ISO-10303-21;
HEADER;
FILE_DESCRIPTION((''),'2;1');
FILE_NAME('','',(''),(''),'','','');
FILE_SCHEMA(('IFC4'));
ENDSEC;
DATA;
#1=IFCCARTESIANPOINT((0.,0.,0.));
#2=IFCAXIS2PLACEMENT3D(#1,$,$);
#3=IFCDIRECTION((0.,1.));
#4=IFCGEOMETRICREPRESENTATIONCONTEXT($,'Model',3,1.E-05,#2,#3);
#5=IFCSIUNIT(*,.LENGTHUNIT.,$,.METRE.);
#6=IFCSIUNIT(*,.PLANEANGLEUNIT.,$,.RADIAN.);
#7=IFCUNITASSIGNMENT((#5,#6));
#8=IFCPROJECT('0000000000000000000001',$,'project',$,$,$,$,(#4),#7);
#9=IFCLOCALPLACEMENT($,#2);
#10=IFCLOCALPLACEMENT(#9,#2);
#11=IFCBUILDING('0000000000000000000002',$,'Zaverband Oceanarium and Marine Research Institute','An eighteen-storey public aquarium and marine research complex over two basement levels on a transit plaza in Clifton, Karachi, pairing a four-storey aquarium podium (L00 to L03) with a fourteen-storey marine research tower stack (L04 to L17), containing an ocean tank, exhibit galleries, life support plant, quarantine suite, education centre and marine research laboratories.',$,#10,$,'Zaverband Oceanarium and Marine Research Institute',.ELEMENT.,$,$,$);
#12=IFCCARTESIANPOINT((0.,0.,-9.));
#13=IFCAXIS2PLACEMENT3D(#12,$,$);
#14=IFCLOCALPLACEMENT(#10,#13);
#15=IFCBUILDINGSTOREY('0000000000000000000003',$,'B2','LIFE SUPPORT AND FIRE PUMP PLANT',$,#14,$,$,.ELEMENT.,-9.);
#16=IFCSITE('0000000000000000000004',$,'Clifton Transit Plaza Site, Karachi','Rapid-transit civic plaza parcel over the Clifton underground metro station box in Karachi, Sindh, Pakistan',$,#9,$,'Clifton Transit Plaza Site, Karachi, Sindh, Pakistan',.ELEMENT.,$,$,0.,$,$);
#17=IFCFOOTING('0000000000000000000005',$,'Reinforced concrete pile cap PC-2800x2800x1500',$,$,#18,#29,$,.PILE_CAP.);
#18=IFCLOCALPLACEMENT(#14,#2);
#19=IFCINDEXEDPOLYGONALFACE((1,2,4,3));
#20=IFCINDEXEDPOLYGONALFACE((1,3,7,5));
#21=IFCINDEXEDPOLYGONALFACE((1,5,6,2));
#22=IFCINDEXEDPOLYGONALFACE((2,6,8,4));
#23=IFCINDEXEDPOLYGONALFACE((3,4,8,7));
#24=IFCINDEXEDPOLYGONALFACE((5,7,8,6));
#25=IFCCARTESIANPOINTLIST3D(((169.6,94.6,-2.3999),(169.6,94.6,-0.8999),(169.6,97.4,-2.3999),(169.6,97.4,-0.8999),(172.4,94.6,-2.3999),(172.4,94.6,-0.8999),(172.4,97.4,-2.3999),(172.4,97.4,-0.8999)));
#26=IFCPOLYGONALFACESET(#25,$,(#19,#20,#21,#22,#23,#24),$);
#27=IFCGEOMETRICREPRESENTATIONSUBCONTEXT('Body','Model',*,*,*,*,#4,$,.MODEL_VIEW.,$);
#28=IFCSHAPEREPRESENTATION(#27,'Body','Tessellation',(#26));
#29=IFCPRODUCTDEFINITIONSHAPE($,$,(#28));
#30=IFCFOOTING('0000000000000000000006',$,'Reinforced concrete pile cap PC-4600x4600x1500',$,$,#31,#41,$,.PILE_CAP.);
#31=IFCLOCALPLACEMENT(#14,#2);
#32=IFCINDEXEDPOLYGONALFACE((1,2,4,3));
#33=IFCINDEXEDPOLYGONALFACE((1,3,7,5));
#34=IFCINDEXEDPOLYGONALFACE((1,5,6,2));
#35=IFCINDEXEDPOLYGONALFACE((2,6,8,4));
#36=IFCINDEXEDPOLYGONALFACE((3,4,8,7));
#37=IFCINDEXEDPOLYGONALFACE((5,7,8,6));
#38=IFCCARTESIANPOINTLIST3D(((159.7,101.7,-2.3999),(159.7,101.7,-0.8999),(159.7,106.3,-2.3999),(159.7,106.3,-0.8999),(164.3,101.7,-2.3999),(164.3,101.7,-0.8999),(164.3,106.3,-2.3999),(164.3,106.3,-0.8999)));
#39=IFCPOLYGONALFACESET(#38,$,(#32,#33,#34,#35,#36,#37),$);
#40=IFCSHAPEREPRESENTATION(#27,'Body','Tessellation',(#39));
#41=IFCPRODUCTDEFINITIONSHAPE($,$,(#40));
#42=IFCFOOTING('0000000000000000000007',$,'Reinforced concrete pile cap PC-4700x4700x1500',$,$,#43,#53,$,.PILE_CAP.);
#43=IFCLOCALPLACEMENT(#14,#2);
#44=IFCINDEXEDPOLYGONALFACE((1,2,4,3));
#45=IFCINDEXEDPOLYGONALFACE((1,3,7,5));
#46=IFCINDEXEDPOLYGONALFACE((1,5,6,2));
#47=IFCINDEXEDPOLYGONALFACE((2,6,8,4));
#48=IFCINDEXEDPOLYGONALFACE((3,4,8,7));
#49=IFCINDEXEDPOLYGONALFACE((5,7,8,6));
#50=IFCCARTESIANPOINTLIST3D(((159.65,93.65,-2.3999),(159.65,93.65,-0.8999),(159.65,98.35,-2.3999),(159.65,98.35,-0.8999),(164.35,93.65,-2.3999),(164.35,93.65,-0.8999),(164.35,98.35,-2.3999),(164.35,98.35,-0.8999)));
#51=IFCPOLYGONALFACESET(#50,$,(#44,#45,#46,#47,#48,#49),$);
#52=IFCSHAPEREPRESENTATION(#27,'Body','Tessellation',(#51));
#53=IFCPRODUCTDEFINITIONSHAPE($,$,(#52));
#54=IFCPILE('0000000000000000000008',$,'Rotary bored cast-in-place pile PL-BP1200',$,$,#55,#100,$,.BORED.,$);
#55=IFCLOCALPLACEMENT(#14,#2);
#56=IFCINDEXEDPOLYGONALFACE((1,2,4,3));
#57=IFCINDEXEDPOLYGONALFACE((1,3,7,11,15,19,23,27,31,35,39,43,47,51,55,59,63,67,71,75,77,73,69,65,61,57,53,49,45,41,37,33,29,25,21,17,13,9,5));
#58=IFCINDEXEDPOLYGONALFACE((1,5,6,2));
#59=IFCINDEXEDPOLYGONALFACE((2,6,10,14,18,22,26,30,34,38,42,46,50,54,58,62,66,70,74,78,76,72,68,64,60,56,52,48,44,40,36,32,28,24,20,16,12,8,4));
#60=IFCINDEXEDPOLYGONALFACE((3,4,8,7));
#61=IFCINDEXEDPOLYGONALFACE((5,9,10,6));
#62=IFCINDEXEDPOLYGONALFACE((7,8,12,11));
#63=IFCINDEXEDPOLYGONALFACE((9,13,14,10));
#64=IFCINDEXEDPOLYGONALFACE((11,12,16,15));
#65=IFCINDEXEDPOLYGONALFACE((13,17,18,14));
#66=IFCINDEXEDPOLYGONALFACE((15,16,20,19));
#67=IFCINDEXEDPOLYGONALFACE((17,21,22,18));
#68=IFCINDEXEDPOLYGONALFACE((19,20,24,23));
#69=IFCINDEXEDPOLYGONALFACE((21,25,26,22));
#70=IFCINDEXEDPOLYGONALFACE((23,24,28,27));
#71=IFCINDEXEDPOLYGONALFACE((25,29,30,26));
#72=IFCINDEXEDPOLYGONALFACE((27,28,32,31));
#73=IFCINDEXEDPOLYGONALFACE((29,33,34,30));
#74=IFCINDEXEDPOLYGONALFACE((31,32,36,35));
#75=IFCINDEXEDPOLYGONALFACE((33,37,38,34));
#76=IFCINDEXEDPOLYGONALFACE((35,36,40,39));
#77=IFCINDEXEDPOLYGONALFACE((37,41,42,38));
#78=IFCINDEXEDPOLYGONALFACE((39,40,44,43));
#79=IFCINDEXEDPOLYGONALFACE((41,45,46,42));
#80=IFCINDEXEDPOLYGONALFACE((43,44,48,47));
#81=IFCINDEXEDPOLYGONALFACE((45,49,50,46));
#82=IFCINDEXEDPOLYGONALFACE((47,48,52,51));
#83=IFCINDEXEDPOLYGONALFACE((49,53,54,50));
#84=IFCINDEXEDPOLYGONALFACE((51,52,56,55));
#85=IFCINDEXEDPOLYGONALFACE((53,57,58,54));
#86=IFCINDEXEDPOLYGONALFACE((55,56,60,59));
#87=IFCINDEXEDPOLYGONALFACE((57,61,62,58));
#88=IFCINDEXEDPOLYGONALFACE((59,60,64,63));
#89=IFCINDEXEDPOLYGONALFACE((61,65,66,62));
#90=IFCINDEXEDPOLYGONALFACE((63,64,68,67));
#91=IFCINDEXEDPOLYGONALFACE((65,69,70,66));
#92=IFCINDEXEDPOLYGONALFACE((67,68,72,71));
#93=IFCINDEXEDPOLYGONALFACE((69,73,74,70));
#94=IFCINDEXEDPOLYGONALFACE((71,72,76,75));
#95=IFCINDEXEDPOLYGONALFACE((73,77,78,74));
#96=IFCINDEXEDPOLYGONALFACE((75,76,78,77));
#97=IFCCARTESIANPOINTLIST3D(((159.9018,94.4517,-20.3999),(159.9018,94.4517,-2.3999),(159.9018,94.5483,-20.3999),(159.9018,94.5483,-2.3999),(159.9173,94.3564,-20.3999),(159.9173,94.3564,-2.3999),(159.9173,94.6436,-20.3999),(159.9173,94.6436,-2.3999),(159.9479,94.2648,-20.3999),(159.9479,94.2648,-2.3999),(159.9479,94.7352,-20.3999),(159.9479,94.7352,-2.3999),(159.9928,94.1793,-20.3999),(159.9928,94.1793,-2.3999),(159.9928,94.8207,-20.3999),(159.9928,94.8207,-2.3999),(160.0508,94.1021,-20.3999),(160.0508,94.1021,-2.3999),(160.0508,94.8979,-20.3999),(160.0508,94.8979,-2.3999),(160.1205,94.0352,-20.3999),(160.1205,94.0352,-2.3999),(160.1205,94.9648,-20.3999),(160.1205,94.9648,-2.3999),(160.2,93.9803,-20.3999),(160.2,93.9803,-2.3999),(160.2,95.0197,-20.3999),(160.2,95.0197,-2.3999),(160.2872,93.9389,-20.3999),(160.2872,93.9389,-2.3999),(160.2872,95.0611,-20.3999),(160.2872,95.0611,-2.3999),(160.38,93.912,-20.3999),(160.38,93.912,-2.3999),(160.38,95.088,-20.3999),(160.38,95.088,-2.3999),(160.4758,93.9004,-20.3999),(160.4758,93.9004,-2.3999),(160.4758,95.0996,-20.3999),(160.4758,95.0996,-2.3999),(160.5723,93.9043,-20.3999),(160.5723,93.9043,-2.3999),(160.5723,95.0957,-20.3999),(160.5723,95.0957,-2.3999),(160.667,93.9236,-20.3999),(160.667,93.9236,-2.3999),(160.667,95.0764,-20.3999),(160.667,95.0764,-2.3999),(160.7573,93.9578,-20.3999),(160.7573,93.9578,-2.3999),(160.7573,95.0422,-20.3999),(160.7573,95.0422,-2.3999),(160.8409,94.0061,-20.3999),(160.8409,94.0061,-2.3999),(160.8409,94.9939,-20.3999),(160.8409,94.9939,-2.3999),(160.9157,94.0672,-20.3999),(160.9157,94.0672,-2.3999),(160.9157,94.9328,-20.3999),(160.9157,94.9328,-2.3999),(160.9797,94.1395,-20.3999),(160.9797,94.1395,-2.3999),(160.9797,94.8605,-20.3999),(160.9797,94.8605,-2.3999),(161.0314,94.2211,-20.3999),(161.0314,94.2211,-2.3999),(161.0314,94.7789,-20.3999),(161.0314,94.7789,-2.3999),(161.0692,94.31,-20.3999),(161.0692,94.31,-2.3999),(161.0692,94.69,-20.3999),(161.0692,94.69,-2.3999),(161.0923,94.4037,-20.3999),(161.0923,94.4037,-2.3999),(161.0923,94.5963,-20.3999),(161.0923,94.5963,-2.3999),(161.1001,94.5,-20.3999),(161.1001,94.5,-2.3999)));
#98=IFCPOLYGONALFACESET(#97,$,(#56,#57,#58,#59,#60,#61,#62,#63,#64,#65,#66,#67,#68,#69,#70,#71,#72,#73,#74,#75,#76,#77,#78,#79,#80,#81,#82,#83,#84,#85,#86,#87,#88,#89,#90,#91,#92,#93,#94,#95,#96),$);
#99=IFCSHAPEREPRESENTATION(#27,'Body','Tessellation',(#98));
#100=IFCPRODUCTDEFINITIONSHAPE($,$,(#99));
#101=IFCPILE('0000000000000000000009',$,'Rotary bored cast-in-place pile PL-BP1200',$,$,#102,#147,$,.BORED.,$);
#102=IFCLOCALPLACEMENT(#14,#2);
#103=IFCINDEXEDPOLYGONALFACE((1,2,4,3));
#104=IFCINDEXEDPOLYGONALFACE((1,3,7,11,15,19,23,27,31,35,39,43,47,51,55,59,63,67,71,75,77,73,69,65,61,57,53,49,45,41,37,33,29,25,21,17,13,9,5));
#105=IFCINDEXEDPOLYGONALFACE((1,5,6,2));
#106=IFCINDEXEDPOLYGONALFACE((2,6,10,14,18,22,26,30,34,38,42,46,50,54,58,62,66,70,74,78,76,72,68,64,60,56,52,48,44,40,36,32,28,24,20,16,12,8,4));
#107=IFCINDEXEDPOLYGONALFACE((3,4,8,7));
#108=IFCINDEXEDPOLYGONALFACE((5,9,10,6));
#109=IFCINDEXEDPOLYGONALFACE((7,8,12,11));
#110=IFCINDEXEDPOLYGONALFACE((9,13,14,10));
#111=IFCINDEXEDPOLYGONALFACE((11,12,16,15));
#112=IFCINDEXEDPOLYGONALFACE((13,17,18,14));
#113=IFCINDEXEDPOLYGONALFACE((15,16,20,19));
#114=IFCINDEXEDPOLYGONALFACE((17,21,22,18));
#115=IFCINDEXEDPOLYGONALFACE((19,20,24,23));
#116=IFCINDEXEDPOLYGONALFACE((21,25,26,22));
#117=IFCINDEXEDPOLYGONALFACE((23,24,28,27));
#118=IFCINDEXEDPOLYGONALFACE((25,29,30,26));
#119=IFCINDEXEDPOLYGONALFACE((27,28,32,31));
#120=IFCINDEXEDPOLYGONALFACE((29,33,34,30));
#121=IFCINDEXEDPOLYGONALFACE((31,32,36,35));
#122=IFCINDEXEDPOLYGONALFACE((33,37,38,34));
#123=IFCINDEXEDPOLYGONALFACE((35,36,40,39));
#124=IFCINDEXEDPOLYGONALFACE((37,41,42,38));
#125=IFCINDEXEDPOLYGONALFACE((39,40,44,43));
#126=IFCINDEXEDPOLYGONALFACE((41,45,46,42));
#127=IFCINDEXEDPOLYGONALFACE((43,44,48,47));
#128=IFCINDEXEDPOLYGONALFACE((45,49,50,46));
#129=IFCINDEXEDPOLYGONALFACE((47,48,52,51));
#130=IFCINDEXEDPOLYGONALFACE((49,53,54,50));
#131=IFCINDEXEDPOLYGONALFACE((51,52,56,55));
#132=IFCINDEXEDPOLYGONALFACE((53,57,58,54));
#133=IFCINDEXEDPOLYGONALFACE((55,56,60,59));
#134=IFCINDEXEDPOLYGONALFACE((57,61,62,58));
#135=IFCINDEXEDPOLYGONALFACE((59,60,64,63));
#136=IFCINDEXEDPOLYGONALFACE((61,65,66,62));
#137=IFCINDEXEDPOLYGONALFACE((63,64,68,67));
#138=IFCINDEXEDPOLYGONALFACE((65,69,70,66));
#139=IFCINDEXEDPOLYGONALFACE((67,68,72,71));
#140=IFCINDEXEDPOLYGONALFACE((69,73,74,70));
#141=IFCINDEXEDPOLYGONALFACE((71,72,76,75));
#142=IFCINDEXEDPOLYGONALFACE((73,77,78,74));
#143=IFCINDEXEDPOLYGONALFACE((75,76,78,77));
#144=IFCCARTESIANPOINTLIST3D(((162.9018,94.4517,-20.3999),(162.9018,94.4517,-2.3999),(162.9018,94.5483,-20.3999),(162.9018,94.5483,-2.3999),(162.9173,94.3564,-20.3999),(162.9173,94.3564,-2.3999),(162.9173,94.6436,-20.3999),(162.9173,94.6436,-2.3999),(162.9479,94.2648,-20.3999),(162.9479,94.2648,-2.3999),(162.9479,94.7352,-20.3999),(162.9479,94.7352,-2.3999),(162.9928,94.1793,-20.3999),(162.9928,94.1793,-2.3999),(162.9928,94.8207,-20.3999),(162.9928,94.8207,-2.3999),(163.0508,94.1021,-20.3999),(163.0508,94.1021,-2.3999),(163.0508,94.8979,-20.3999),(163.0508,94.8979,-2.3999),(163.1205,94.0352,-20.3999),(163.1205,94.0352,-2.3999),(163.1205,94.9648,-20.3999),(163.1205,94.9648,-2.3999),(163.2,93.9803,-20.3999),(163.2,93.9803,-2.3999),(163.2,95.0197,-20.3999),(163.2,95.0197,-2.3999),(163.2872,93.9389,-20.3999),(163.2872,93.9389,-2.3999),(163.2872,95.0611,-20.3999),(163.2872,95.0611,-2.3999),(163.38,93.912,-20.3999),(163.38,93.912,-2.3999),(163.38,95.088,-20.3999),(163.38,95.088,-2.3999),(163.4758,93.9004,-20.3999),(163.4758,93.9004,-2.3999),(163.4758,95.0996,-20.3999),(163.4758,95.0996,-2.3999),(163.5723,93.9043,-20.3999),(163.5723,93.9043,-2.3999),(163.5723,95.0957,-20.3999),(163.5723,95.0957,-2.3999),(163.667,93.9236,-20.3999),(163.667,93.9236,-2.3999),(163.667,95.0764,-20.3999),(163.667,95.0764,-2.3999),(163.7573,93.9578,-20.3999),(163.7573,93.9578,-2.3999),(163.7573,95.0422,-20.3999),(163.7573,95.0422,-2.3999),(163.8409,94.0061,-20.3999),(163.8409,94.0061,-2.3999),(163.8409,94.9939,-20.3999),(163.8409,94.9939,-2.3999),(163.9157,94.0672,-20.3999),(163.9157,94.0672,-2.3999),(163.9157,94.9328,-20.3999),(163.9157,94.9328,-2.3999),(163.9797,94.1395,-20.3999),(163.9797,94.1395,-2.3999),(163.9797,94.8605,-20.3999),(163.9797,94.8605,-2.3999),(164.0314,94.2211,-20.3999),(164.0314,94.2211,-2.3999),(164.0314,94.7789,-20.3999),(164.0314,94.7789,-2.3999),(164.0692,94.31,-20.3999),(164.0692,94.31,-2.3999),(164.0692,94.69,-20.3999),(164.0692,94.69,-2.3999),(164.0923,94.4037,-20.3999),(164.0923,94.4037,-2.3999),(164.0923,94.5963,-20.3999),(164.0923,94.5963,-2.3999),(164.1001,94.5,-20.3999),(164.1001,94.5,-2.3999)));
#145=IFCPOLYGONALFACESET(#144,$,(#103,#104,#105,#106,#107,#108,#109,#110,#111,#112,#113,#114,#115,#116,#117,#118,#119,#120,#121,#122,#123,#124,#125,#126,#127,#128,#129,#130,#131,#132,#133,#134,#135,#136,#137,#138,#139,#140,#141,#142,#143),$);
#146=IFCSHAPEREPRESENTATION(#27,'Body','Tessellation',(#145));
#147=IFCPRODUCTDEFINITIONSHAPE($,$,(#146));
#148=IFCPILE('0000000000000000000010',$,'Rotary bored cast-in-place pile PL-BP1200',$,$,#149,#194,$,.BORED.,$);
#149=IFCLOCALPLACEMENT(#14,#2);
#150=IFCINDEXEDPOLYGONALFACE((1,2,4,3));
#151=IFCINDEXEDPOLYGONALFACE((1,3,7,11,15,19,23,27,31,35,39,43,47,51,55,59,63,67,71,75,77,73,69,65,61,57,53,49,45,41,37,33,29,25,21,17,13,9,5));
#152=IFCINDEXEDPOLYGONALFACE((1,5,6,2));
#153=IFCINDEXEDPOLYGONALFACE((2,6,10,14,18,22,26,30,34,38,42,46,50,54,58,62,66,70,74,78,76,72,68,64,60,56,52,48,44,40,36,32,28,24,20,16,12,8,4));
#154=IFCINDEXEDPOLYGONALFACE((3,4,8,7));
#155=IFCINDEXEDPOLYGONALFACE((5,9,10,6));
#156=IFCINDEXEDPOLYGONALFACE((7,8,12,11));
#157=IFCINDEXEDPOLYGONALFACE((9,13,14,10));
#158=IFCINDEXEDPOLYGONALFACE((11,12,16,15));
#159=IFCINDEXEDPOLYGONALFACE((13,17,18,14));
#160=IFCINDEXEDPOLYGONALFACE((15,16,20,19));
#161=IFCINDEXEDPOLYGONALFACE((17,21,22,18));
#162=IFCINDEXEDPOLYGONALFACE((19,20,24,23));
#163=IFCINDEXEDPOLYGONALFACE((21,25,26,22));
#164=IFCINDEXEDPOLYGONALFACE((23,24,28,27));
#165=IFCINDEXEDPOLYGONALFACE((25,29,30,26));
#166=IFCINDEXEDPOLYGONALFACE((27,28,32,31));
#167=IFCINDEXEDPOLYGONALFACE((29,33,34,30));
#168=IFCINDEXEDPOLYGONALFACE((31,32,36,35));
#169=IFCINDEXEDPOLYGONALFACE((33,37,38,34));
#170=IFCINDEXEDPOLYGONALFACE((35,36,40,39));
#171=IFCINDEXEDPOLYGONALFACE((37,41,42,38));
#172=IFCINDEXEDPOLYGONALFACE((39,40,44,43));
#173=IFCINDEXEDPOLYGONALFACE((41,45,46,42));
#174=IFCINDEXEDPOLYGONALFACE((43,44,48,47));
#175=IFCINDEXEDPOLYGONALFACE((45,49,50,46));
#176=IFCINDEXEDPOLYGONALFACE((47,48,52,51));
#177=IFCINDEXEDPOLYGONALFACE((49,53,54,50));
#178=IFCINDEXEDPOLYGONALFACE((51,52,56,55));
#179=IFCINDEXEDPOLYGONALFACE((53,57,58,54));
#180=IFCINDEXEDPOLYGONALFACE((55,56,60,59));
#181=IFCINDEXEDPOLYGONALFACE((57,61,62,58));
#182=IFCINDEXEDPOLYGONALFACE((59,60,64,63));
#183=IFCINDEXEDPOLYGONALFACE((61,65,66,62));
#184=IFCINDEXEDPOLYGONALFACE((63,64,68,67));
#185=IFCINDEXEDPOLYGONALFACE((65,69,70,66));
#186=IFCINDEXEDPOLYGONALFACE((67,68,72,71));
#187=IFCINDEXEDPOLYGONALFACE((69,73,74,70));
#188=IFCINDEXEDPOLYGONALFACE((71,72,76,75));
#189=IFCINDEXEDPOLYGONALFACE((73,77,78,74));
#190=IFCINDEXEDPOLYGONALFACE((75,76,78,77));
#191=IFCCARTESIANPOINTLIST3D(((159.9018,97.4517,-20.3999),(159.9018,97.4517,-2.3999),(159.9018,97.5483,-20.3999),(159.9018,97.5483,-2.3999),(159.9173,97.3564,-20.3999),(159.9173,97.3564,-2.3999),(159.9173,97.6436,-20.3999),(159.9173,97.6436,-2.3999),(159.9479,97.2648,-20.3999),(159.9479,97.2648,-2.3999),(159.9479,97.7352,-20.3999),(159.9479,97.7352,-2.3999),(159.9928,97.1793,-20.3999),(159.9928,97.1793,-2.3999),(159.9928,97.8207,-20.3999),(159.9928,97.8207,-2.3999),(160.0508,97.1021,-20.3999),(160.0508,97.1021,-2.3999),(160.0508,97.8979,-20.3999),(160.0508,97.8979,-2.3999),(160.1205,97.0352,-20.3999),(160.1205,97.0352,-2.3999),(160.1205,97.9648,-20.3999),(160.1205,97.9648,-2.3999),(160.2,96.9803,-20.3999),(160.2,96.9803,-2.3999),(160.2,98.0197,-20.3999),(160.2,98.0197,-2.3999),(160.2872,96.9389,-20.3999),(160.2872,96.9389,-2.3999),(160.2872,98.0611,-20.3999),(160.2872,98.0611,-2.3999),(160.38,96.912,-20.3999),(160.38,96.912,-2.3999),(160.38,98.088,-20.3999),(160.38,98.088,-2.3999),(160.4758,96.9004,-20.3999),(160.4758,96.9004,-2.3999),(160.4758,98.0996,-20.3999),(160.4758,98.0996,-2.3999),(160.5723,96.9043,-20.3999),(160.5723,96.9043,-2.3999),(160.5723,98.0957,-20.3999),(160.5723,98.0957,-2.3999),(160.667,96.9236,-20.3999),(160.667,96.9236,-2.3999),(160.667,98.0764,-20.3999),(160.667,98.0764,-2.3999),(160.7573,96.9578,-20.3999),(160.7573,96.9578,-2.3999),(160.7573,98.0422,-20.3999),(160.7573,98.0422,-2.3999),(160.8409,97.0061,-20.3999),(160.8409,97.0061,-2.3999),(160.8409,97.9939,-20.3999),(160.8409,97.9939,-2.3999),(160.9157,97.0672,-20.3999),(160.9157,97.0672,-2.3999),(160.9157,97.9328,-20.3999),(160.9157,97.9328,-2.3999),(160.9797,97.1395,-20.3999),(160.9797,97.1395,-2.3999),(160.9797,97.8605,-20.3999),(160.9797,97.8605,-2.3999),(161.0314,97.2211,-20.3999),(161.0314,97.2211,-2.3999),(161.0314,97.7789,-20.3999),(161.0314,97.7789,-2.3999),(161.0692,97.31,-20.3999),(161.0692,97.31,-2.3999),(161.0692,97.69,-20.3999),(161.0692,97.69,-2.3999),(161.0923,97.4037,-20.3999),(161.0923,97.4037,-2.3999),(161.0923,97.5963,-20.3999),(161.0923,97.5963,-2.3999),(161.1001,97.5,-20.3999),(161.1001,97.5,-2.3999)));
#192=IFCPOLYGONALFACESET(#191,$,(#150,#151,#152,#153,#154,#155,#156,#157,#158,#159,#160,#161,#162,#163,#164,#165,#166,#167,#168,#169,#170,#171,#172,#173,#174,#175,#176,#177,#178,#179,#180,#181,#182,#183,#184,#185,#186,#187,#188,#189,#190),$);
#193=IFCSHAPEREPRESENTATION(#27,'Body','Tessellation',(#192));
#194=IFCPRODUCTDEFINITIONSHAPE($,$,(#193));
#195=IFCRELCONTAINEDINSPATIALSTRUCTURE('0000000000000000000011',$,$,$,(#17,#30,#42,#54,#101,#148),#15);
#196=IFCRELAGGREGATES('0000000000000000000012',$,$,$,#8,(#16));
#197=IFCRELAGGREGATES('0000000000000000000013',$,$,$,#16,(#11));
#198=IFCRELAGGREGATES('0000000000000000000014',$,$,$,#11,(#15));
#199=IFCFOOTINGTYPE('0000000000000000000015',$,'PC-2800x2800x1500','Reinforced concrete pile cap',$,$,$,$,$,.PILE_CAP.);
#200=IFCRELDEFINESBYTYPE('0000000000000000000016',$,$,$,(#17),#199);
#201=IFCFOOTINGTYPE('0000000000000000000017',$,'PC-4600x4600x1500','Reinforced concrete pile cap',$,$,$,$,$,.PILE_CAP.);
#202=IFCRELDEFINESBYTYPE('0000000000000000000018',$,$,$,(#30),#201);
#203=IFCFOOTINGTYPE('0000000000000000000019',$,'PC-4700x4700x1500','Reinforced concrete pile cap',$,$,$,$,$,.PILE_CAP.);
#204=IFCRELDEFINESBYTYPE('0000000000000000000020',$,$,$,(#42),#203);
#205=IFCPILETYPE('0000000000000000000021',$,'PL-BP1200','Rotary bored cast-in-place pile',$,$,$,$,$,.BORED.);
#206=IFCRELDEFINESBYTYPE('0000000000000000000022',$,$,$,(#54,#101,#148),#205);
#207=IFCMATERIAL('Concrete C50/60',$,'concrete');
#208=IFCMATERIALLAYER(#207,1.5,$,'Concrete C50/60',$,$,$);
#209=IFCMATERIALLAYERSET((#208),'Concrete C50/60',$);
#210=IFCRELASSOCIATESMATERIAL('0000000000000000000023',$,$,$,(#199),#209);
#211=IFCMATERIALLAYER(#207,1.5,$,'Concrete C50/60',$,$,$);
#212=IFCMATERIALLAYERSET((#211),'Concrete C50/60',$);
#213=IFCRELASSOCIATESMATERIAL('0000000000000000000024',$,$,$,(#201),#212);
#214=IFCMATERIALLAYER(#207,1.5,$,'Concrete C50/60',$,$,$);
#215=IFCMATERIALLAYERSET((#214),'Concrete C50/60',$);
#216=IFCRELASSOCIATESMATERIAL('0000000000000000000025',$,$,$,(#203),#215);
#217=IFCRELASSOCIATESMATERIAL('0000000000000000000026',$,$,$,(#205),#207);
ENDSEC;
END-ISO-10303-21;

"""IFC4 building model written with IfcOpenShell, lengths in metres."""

from ifc_helpers import new_model, si_unit, direction, frame, origin, origin_2d, place, context, subcontext, project, spatial, rectangle, circle, extrude, material, layer, layer_set, material_profile, profile_set, type_object, element, save


model = new_model("IFC4")

# Units and contexts
model_context = context("Model", 3, precision=1e-05, world=origin(), true_north=direction((0.0, 1.0)))
body_context = subcontext(model_context, "Body", "Model", "MODEL_VIEW")
ifc_project = project(units=[si_unit("LENGTHUNIT", "METRE"), si_unit("PLANEANGLEUNIT", "RADIAN")], contexts=[model_context])

# Site, building, storey
site_placement = place(None, origin())
site = spatial("IfcSite", under=ifc_project, at=site_placement, Name="Clifton Transit Plaza Site, Karachi", Description="Rapid-transit civic plaza parcel over the Clifton underground metro station box in Karachi, Sindh, Pakistan", LongName="Clifton Transit Plaza Site, Karachi, Sindh, Pakistan", CompositionType="ELEMENT", RefElevation=0.0)
building_placement = place(site_placement, origin())
building = spatial("IfcBuilding", under=site, at=building_placement, Name="Zaverband Oceanarium and Marine Research Institute", Description="An eighteen-storey public aquarium and marine research complex over two basement levels on a transit plaza in Clifton, Karachi, pairing a four-storey aquarium podium (L00 to L03) with a fourteen-storey marine research tower stack (L04 to L17), containing an ocean tank, exhibit galleries, life support plant, quarantine suite, education centre and marine research laboratories.", LongName="Zaverband Oceanarium and Marine Research Institute", CompositionType="ELEMENT")
storey_placement = place(building_placement, frame((0.0, 0.0, -9.0)))
storey = spatial("IfcBuildingStorey", under=building, at=storey_placement, Name="B2", Description="LIFE SUPPORT AND FIRE PUMP PLANT", CompositionType="ELEMENT", Elevation=-9.0)

# Footings
ifc_material_1 = material(Name="Concrete C50/60", Category="concrete")
ifc_layer_1 = layer(ifc_material_1, 1.5, Name="Concrete C50/60")
ifc_layer_set_1 = layer_set([ifc_layer_1], Name="Concrete C50/60")
footing_type_1 = type_object("IfcFootingType", Name="PC-2800x2800x1500", Description="Reinforced concrete pile cap", PredefinedType="PILE_CAP", material=ifc_layer_set_1)
footing_1_placement = place(storey_placement, frame((171.0, 96.0, -2.3999), z_axis=(0.0, 0.0, 1.0), x_axis=(1.0, 0.0, 0.0)))
element("IfcFooting", 1, at=footing_1_placement, inside=storey, type_object=footing_type_1, Name="Reinforced concrete pile cap PC-2800x2800x1500", PredefinedType="PILE_CAP", context=body_context, shape_type="SweptSolid", body=[
    extrude(rectangle(XDim=2.8, YDim=2.8, at=origin_2d()), origin(), (0.0, 0.0, 1.0), 1.5),
])
ifc_layer_2 = layer(ifc_material_1, 1.5, Name="Concrete C50/60")
ifc_layer_set_2 = layer_set([ifc_layer_2], Name="Concrete C50/60")
footing_type_2 = type_object("IfcFootingType", Name="PC-4600x4600x1500", Description="Reinforced concrete pile cap", PredefinedType="PILE_CAP", material=ifc_layer_set_2)
footing_2_placement = place(storey_placement, frame((162.0, 104.0, -2.3999), z_axis=(0.0, 0.0, 1.0), x_axis=(1.0, 0.0, 0.0)))
element("IfcFooting", 2, at=footing_2_placement, inside=storey, type_object=footing_type_2, Name="Reinforced concrete pile cap PC-4600x4600x1500", PredefinedType="PILE_CAP", context=body_context, shape_type="SweptSolid", body=[
    extrude(rectangle(XDim=4.6001, YDim=4.6001, at=origin_2d()), origin(), (0.0, 0.0, 1.0), 1.5),
])
ifc_layer_3 = layer(ifc_material_1, 1.5, Name="Concrete C50/60")
ifc_layer_set_3 = layer_set([ifc_layer_3], Name="Concrete C50/60")
footing_type_3 = type_object("IfcFootingType", Name="PC-4700x4700x1500", Description="Reinforced concrete pile cap", PredefinedType="PILE_CAP", material=ifc_layer_set_3)
footing_3_placement = place(storey_placement, frame((162.0, 96.0, -2.3999), z_axis=(0.0, 0.0, 1.0), x_axis=(1.0, 0.0, 0.0)))
element("IfcFooting", 3, at=footing_3_placement, inside=storey, type_object=footing_type_3, Name="Reinforced concrete pile cap PC-4700x4700x1500", PredefinedType="PILE_CAP", context=body_context, shape_type="SweptSolid", body=[
    extrude(rectangle(XDim=4.7, YDim=4.7, at=origin_2d()), origin(), (0.0, 0.0, 1.0), 1.5),
])

# Piles
ifc_material_profile_1 = material_profile(ifc_material_1, circle(Radius=0.6001, at=origin_2d()), Name="BP1200")
ifc_profile_set_1 = profile_set([ifc_material_profile_1], Name="Concrete C50/60")
pile_type = type_object("IfcPileType", Name="PL-BP1200", Description="Rotary bored cast-in-place pile", PredefinedType="BORED", material=ifc_profile_set_1)
for number, where, z_axis, x_axis, name in (
    (4, (160.5, 94.5, -2.3999), (0.0, 0.0, -1.0), (1.0, 0.0, 0.0), "Rotary bored cast-in-place pile PL-BP1200"),
    (5, (163.5, 94.5, -2.3999), (0.0, 0.0, -1.0), (1.0, 0.0, 0.0), "Rotary bored cast-in-place pile PL-BP1200"),
    (6, (160.5, 97.5, -2.3999), (0.0, 0.0, -1.0), (1.0, 0.0, 0.0), "Rotary bored cast-in-place pile PL-BP1200"),
):
    element("IfcPile", number, at=place(storey_placement, frame(where, z_axis=z_axis, x_axis=x_axis)), inside=storey, type_object=pile_type, Name=name, PredefinedType="BORED", context=body_context, shape_type="SweptSolid", body=[
        extrude(circle(Radius=0.6001, at=origin_2d()), origin(), (0.0, 0.0, 1.0), 18.0),
    ])

save(model, "model.ifc")
